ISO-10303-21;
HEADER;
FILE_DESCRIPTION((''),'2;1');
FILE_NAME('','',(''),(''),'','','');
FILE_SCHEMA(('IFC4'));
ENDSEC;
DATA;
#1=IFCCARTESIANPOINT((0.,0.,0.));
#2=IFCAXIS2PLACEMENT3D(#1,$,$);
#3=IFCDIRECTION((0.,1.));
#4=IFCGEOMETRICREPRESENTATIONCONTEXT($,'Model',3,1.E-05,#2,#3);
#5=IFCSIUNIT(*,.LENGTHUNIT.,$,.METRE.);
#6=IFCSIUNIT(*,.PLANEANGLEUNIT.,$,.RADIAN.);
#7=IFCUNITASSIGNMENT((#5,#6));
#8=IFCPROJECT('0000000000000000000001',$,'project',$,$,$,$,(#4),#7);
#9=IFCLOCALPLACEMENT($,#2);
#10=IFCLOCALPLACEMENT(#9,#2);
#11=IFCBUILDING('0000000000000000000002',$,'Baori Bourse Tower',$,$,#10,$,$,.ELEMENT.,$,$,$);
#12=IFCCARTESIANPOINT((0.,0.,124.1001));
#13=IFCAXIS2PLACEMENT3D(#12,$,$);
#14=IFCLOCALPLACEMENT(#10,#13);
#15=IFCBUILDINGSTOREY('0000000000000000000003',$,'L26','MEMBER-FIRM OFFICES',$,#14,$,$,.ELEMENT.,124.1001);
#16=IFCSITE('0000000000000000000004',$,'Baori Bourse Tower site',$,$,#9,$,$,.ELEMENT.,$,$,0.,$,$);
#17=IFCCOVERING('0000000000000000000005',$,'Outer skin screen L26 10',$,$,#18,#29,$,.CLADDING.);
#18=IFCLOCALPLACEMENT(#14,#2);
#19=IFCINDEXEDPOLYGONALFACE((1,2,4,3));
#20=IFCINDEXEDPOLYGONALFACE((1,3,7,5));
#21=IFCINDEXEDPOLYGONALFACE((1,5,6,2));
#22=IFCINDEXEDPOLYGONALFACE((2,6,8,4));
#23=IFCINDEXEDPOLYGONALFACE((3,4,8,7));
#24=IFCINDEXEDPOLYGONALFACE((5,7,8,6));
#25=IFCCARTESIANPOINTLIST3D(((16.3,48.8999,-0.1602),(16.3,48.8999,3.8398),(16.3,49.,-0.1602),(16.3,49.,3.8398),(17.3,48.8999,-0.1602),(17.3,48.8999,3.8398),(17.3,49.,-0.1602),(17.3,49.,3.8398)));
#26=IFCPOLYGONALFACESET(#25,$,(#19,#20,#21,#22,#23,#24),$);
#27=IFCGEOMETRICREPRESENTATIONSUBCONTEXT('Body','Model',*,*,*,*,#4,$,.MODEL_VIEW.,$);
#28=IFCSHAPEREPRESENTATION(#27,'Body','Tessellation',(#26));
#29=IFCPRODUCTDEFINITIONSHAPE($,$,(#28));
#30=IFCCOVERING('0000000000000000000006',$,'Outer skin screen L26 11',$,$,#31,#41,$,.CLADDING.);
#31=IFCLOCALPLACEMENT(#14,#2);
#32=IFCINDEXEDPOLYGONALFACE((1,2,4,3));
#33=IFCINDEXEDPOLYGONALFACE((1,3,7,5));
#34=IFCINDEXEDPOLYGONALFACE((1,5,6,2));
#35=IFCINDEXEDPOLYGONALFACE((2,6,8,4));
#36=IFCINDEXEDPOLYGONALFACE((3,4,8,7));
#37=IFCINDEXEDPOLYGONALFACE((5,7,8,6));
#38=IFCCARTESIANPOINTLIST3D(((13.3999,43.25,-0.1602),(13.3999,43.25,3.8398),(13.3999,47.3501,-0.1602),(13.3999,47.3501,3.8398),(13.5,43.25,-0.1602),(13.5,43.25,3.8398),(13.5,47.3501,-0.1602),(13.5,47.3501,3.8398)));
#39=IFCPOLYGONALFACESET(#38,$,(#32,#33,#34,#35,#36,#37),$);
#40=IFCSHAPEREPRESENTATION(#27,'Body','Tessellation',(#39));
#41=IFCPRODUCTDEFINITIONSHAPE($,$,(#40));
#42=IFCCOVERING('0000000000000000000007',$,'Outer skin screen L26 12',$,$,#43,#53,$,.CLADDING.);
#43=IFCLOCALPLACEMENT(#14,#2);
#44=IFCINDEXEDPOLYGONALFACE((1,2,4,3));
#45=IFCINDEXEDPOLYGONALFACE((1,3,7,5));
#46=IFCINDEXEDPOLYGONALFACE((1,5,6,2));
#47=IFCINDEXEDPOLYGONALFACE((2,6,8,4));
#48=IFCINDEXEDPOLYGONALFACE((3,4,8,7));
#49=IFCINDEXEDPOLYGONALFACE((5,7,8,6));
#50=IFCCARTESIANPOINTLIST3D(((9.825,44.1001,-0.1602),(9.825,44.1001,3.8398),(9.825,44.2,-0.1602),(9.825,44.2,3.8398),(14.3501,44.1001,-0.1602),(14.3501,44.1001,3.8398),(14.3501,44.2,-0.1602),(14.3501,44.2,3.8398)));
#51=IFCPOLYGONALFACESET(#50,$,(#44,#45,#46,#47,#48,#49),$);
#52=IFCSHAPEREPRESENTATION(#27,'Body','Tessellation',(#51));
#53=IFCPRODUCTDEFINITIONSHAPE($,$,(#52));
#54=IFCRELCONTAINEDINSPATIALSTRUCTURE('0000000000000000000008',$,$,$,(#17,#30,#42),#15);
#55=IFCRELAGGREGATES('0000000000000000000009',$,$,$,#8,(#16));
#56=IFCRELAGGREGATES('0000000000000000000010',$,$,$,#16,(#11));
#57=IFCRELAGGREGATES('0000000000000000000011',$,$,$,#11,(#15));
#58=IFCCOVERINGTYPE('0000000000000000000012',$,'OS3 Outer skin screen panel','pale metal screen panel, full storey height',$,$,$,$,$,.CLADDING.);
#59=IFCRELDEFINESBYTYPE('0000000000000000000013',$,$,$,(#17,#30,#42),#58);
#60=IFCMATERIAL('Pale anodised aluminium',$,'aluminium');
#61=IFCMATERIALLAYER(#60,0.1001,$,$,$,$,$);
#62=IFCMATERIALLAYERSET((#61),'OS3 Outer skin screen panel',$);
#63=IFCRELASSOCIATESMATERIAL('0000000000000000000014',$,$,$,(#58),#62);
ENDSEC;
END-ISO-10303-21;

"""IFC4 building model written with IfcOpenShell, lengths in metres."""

from ifc_helpers import new_model, si_unit, direction, frame, origin, place, context, subcontext, project, spatial, polyline, outline, extrude, material, layer, layer_set, type_object, element, save


model = new_model("IFC4")

# Units and contexts
model_context = context("Model", 3, precision=1e-05, world=origin(), true_north=direction((0.0, 1.0)))
body_context = subcontext(model_context, "Body", "Model", "MODEL_VIEW")
ifc_project = project(units=[si_unit("LENGTHUNIT", "METRE"), si_unit("PLANEANGLEUNIT", "RADIAN")], contexts=[model_context])

# Site, building, storey
site_placement = place(None, origin())
site = spatial("IfcSite", under=ifc_project, at=site_placement, Name="Baori Bourse Tower site", CompositionType="ELEMENT", RefElevation=0.0)
building_placement = place(site_placement, origin())
building = spatial("IfcBuilding", under=site, at=building_placement, Name="Baori Bourse Tower", CompositionType="ELEMENT")
storey_placement = place(building_placement, frame((0.0, 0.0, 124.1001)))
storey = spatial("IfcBuildingStorey", under=building, at=storey_placement, Name="L26", Description="MEMBER-FIRM OFFICES", CompositionType="ELEMENT", Elevation=124.1001)

# Coverings
ifc_material_1 = material(Name="Pale anodised aluminium", Category="aluminium")
ifc_layer_1 = layer(ifc_material_1, 0.1001)
ifc_layer_set_1 = layer_set([ifc_layer_1], Name="OS3 Outer skin screen panel")
covering_type = type_object("IfcCoveringType", Name="OS3 Outer skin screen panel", Description="pale metal screen panel, full storey height", PredefinedType="CLADDING", material=ifc_layer_set_1)
covering_1_placement = place(storey_placement, frame((0.0, 0.0, -0.1602)))
element("IfcCovering", 1, at=covering_1_placement, inside=storey, type_object=covering_type, Name="Outer skin screen L26 10", PredefinedType="CLADDING", context=body_context, shape_type="SweptSolid", body=[
    extrude(outline(polyline([(16.3, 48.8999), (17.3, 48.8999), (17.3, 49.0), (16.3, 49.0), (16.3, 48.8999)])), origin(), (0.0, 0.0, 1.0), 4.0),
])
covering_2_placement = place(storey_placement, frame((0.0, 0.0, -0.1602)))
element("IfcCovering", 2, at=covering_2_placement, inside=storey, type_object=covering_type, Name="Outer skin screen L26 11", PredefinedType="CLADDING", context=body_context, shape_type="SweptSolid", body=[
    extrude(outline(polyline([(13.5, 43.25), (13.5, 47.3501), (13.3999, 47.3501), (13.3999, 43.25), (13.5, 43.25)])), origin(), (0.0, 0.0, 1.0), 4.0),
])
covering_3_placement = place(storey_placement, frame((0.0, 0.0, -0.1602)))
element("IfcCovering", 3, at=covering_3_placement, inside=storey, type_object=covering_type, Name="Outer skin screen L26 12", PredefinedType="CLADDING", context=body_context, shape_type="SweptSolid", body=[
    extrude(outline(polyline([(9.825, 44.1001), (14.3501, 44.1001), (14.3501, 44.2), (9.825, 44.2), (9.825, 44.1001)])), origin(), (0.0, 0.0, 1.0), 4.0),
])

save(model, "model.ifc")
